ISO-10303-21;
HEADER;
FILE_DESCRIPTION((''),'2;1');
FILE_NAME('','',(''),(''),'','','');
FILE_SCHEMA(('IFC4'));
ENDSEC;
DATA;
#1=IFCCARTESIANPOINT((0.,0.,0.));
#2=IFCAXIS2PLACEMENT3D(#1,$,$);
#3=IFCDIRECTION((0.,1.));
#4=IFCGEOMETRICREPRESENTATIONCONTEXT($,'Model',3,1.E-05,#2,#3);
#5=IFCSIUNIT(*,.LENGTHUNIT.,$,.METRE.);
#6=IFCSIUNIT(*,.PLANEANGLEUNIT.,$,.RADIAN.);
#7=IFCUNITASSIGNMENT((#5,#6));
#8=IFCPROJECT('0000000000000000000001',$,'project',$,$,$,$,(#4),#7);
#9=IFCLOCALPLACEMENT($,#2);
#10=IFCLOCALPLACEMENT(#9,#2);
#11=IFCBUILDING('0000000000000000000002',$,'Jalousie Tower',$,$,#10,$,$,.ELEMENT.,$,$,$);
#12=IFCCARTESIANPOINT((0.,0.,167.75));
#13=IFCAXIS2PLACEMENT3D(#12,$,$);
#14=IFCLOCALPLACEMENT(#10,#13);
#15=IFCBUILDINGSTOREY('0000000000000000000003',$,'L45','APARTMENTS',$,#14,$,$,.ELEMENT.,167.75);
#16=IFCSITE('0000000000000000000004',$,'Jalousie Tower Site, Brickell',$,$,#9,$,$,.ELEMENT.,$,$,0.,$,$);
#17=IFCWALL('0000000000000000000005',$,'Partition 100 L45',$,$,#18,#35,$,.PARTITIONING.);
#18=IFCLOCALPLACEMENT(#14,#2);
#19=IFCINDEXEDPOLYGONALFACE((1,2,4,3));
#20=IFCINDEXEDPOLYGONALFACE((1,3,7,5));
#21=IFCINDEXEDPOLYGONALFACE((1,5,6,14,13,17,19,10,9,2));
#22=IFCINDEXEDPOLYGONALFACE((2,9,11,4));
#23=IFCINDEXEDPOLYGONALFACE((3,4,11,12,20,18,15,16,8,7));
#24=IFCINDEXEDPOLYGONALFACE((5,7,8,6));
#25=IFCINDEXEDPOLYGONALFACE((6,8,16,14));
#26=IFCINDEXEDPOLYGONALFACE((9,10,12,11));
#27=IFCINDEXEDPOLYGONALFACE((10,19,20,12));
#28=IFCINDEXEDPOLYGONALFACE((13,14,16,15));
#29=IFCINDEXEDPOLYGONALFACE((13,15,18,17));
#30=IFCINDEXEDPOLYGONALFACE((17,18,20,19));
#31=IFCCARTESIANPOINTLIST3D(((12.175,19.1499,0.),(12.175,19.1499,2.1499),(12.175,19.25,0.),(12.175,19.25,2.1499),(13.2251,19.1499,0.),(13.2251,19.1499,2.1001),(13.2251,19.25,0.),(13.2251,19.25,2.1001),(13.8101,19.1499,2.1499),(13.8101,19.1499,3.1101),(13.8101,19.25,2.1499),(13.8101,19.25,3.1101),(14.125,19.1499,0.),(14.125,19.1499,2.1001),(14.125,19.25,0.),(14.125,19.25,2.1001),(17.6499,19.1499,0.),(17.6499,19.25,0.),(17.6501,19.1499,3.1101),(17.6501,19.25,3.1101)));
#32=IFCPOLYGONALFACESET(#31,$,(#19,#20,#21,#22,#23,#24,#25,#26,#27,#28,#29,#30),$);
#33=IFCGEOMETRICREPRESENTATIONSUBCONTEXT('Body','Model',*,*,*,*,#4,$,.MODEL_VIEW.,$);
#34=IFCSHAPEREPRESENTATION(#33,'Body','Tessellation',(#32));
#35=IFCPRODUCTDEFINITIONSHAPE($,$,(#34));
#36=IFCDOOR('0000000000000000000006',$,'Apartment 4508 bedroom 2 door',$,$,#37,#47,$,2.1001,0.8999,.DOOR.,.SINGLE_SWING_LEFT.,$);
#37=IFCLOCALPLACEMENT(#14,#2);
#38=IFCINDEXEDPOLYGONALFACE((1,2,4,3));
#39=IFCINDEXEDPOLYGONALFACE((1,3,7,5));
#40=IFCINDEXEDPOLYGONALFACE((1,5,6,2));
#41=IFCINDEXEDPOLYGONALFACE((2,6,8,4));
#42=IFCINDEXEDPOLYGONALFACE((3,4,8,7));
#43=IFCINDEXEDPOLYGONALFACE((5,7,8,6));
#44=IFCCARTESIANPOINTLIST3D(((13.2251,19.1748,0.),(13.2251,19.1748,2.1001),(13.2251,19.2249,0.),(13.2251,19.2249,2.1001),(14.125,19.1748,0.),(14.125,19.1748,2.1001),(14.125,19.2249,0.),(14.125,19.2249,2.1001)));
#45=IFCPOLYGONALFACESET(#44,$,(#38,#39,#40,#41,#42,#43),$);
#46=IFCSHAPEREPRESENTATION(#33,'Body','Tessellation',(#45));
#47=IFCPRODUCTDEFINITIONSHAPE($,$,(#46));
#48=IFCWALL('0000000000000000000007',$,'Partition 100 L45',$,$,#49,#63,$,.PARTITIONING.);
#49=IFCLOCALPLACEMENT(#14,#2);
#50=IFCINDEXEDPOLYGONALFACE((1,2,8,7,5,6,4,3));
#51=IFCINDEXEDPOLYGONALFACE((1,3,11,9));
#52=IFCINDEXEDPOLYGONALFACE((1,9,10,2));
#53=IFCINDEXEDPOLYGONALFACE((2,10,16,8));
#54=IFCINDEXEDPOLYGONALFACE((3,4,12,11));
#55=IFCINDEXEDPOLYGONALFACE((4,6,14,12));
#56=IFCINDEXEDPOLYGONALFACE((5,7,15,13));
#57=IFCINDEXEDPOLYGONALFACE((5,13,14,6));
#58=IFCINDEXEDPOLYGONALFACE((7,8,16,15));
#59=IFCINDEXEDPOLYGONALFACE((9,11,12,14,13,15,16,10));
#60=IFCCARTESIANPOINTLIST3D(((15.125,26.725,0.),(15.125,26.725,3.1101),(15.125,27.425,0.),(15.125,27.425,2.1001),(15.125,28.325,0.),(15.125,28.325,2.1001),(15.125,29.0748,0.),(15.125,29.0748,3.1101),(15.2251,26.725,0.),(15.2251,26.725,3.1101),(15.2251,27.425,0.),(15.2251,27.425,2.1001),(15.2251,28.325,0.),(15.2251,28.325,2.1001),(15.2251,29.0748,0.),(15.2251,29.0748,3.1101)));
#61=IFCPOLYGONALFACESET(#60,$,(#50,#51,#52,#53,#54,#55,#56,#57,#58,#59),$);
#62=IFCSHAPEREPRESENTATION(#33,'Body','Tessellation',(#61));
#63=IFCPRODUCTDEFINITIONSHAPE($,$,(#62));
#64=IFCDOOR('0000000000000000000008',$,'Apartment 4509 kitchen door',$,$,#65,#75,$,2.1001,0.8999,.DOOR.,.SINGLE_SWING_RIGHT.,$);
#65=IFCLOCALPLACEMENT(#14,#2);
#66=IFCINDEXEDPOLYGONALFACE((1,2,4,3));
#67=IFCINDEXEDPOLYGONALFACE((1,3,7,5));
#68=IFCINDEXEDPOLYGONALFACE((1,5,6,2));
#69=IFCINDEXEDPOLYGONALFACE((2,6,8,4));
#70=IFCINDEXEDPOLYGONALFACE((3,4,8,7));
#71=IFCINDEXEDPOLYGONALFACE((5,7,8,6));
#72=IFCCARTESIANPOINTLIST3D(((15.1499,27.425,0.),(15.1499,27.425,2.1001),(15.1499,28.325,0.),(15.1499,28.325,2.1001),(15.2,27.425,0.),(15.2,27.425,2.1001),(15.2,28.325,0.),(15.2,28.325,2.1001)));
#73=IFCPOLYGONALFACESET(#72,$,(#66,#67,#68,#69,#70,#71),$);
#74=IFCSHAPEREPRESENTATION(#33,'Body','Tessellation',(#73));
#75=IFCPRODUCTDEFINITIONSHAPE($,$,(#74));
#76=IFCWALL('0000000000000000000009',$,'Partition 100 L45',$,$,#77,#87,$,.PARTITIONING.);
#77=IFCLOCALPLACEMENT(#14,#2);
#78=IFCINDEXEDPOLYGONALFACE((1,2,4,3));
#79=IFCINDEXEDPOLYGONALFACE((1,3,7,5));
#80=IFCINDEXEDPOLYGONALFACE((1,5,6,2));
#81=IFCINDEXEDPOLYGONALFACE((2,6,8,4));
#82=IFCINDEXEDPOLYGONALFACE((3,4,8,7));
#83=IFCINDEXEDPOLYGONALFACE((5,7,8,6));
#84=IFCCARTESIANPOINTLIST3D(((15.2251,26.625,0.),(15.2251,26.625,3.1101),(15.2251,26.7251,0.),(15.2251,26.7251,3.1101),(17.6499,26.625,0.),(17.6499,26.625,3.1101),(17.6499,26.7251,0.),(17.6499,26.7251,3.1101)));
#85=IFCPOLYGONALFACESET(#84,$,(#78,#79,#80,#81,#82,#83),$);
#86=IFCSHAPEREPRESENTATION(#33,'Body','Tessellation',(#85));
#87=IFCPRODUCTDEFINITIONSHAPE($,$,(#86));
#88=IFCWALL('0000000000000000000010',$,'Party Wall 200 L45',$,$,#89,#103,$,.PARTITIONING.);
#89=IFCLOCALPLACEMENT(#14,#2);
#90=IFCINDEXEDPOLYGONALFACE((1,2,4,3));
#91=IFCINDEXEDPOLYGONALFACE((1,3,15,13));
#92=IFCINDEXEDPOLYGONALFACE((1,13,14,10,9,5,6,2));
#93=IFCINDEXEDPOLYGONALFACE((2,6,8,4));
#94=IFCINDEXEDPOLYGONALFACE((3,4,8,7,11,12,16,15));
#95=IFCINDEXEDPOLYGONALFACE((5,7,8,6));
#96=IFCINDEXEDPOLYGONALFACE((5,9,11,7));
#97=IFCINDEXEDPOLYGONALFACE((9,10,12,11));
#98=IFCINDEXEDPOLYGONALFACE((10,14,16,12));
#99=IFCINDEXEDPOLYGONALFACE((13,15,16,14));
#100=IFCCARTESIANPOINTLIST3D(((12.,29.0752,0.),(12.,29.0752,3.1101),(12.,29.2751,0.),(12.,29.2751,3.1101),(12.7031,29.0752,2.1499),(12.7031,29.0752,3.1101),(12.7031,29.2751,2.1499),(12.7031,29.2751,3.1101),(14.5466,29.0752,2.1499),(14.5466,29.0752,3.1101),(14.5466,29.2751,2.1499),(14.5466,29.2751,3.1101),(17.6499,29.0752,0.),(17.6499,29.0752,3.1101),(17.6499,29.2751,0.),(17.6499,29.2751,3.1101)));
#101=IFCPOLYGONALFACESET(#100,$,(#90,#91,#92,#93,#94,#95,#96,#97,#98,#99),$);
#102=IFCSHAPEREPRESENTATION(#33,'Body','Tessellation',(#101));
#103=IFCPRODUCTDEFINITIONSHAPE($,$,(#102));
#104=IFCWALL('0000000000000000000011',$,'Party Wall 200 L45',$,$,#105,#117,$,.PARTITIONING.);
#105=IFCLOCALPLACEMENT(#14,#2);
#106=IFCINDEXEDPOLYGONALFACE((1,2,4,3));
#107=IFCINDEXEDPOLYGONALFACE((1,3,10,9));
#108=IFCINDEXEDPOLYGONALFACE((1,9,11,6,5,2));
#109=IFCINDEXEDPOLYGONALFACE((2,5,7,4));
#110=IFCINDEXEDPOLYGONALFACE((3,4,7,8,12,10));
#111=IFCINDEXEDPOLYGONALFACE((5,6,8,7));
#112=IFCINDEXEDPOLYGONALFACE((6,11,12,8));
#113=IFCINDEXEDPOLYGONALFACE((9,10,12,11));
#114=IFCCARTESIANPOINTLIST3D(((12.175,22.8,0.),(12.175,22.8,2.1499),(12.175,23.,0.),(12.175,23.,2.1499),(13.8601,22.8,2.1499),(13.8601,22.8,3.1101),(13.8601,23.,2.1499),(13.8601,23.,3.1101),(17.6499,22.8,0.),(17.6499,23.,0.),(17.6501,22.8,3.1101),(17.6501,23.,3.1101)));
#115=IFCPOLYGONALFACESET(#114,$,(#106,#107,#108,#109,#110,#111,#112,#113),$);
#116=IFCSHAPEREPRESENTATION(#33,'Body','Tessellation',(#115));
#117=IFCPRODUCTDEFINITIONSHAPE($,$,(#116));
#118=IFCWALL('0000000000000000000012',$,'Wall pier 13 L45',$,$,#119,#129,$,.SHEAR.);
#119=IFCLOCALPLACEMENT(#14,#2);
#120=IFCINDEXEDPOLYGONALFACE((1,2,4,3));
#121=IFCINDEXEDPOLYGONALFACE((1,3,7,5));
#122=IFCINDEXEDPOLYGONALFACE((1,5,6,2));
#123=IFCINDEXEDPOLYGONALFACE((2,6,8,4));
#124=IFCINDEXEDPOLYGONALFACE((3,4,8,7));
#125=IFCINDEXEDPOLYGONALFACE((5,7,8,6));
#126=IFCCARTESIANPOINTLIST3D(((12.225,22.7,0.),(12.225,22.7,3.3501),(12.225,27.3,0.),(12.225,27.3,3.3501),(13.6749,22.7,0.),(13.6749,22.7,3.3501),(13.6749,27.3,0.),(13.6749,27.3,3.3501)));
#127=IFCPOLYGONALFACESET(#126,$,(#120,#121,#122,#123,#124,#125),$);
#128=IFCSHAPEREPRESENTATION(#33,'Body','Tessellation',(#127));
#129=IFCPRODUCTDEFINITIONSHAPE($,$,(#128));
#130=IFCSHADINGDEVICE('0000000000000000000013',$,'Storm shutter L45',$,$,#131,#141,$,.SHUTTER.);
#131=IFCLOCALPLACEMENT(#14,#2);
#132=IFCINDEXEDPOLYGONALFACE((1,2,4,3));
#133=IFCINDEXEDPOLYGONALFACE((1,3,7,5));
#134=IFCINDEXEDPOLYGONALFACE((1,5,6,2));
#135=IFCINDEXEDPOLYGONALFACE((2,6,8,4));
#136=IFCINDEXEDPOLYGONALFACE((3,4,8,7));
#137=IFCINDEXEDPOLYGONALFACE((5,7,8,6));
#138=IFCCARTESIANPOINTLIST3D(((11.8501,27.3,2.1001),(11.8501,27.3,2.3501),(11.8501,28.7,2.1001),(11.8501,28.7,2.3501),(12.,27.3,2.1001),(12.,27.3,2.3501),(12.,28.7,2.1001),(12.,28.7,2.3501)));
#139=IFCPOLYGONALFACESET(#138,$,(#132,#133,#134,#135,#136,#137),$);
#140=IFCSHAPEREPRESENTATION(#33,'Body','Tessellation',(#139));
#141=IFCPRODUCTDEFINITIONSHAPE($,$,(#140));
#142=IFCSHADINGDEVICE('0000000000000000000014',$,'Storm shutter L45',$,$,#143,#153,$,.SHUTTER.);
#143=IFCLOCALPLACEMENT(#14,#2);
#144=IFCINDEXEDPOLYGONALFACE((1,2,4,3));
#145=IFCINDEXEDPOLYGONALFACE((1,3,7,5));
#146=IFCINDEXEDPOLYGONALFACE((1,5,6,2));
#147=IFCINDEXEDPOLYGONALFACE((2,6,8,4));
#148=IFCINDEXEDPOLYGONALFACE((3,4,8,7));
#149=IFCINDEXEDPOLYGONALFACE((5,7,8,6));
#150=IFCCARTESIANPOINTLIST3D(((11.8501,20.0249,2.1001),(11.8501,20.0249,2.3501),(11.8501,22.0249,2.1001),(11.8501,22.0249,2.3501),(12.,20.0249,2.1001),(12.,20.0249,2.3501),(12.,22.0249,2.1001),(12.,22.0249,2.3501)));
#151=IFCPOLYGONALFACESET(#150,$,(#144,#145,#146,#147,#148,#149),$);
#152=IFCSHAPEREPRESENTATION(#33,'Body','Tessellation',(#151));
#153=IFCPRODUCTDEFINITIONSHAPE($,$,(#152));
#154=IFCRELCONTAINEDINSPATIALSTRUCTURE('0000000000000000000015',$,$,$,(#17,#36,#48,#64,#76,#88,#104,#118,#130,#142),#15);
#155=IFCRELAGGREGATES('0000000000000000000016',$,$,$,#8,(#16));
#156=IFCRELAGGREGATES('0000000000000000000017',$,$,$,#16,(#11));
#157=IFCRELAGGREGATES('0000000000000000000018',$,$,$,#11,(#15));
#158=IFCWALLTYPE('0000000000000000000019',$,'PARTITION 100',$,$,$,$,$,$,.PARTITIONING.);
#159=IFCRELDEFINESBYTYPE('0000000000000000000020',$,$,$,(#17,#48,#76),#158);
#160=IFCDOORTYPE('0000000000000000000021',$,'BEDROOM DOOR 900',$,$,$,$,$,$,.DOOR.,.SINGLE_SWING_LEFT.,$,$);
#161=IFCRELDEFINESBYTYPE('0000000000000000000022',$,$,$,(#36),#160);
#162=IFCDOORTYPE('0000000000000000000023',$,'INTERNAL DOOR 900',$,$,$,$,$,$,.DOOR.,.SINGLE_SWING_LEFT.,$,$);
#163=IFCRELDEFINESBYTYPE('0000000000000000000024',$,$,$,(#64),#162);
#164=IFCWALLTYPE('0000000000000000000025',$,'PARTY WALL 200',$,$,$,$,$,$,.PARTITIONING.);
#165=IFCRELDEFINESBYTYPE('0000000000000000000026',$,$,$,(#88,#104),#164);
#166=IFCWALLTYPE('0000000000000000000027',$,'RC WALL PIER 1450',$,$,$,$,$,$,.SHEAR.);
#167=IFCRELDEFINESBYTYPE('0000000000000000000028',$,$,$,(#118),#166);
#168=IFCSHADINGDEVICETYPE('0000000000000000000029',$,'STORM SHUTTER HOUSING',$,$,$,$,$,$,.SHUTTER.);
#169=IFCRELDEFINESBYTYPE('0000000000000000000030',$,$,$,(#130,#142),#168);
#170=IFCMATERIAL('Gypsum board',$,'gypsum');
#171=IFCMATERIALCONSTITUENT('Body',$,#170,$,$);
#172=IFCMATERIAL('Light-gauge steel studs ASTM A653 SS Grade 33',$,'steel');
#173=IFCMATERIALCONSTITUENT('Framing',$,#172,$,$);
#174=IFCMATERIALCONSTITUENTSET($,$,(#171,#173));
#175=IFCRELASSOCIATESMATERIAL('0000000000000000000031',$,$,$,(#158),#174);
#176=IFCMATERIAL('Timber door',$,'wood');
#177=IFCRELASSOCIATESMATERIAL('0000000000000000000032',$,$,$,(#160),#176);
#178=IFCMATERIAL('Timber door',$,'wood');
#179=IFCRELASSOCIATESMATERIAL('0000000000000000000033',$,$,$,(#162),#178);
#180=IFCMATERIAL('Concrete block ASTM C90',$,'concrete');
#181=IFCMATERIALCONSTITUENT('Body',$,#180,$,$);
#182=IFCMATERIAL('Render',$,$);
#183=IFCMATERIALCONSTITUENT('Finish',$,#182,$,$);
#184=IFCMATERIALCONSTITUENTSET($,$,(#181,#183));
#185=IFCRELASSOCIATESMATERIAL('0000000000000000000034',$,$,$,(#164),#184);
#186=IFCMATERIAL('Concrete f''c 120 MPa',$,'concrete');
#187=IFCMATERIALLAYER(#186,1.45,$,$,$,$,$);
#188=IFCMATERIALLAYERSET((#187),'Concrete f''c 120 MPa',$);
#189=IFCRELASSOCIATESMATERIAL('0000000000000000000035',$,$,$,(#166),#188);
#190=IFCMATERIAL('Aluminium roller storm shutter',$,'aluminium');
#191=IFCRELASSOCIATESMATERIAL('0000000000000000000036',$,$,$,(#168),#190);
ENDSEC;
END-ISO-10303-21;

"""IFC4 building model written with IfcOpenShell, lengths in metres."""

from ifc_helpers import new_model, si_unit, direction, frame, frame_2d, origin, origin_2d, place, context, subcontext, project, spatial, polyline, rectangle, outline, extrude, material, layer, layer_set, constituent, constituent_set, type_object, element, fill, save


model = new_model("IFC4")

# Units and contexts
model_context = context("Model", 3, precision=1e-05, world=origin(), true_north=direction((0.0, 1.0)))
body_context = subcontext(model_context, "Body", "Model", "MODEL_VIEW")
ifc_project = project(units=[si_unit("LENGTHUNIT", "METRE"), si_unit("PLANEANGLEUNIT", "RADIAN")], contexts=[model_context])

# Site, building, storey
site_placement = place(None, origin())
site = spatial("IfcSite", under=ifc_project, at=site_placement, Name="Jalousie Tower Site, Brickell", CompositionType="ELEMENT", RefElevation=0.0)
building_placement = place(site_placement, origin())
building = spatial("IfcBuilding", under=site, at=building_placement, Name="Jalousie Tower", CompositionType="ELEMENT")
storey_placement = place(building_placement, frame((0.0, 0.0, 167.75)))
storey = spatial("IfcBuildingStorey", under=building, at=storey_placement, Name="L45", Description="APARTMENTS", CompositionType="ELEMENT", Elevation=167.75)

# Walls, openings, doors
ifc_material_1 = material(Name="Gypsum board", Category="gypsum")
ifc_constituent_1 = constituent(ifc_material_1, Name="Body")
ifc_material_2 = material(Name="Light-gauge steel studs ASTM A653 SS Grade 33", Category="steel")
ifc_constituent_2 = constituent(ifc_material_2, Name="Framing")
ifc_constituent_set_1 = constituent_set(constituents=[ifc_constituent_1, ifc_constituent_2])
wall_type_1 = type_object("IfcWallType", Name="PARTITION 100", PredefinedType="PARTITIONING", material=ifc_constituent_set_1)
wall_1_placement = place(storey_placement, frame((12.175, 19.2, 0.0), z_axis=(0.0, 0.0, 1.0), x_axis=(1.0, 0.0, 0.0)))
wall_1 = element("IfcWall", 1, at=wall_1_placement, inside=storey, type_object=wall_type_1, Name="Partition 100 L45", PredefinedType="PARTITIONING", context=body_context, shape_type="SweptSolid", body=[
    extrude(outline(polyline([(0.0, 0.0), (5.4749, 0.0), (5.4751, 3.1101), (1.635, 3.1101), (1.635, 2.1499), (0.0, 2.1499), (0.0, 3.1101), (0.0, 0.0)])), frame((0.0, 0.05, 0.0), z_axis=(0.0, -1.0, 0.0), x_axis=(1.0, 0.0, 0.0)), (0.0, 0.0, 1.0), 0.1001),
])
opening_1_placement = place(wall_1_placement, frame((1.05, 0.0, 0.0)))
opening_1 = element("IfcOpeningElement", 2, at=opening_1_placement, cuts=wall_1, PredefinedType="OPENING", context=body_context, shape_type="SweptSolid", body=[
    extrude(rectangle(XDim=0.8999, YDim=2.1001, at=frame_2d((0.45, 1.05))), frame((0.0, 0.0601, 0.0), z_axis=(0.0, -1.0, 0.0), x_axis=(1.0, 0.0, 0.0)), (0.0, 0.0, 1.0), 0.1201),
])
ifc_material_3 = material(Name="Timber door", Category="wood")
door_type_1 = type_object("IfcDoorType", Name="BEDROOM DOOR 900", OperationType="SINGLE_SWING_LEFT", PredefinedType="DOOR", material=ifc_material_3)
door_1_placement = place(opening_1_placement, origin())
door_1 = element("IfcDoor", 3, at=door_1_placement, inside=storey, type_object=door_type_1, Name="Apartment 4508 bedroom 2 door", OperationType="SINGLE_SWING_LEFT", OverallHeight=2.1001, OverallWidth=0.8999, PredefinedType="DOOR", context=body_context, shape_type="SweptSolid", body=[
    extrude(rectangle(XDim=0.8999, YDim=2.1001, at=frame_2d((0.45, 1.05))), frame((0.0, 0.0249, 0.0), z_axis=(0.0, -1.0, 0.0), x_axis=(1.0, 0.0, 0.0)), (0.0, 0.0, 1.0), 0.05),
])
fill(opening_1, door_1)
wall_2_placement = place(storey_placement, frame((15.175, 26.7251, 0.0), z_axis=(0.0, 0.0, 1.0), x_axis=(0.0, 1.0, 0.0)))
wall_2 = element("IfcWall", 4, at=wall_2_placement, inside=storey, type_object=wall_type_1, Name="Partition 100 L45", PredefinedType="PARTITIONING", context=body_context, shape_type="SweptSolid", body=[
    extrude(rectangle(XDim=2.3499, YDim=0.1001, at=frame_2d((1.1748, 0.0))), origin(), (0.0, 0.0, 1.0), 3.1101),
])
opening_2_placement = place(wall_2_placement, frame((0.7, 0.0, 0.0)))
opening_2 = element("IfcOpeningElement", 5, at=opening_2_placement, cuts=wall_2, PredefinedType="OPENING", context=body_context, shape_type="SweptSolid", body=[
    extrude(rectangle(XDim=0.8999, YDim=2.1001, at=frame_2d((0.45, 1.05))), frame((0.0, 0.0601, 0.0), z_axis=(0.0, -1.0, 0.0), x_axis=(1.0, 0.0, 0.0)), (0.0, 0.0, 1.0), 0.1201),
])
ifc_material_4 = material(Name="Timber door", Category="wood")
door_type_2 = type_object("IfcDoorType", Name="INTERNAL DOOR 900", OperationType="SINGLE_SWING_LEFT", PredefinedType="DOOR", material=ifc_material_4)
door_2_placement = place(opening_2_placement, frame((0.8999, 0.0, 0.0), z_axis=(0.0, 0.0, 1.0), x_axis=(-1.0, 0.0, 0.0)))
door_2 = element("IfcDoor", 6, at=door_2_placement, inside=storey, type_object=door_type_2, Name="Apartment 4509 kitchen door", OperationType="SINGLE_SWING_RIGHT", OverallHeight=2.1001, OverallWidth=0.8999, PredefinedType="DOOR", context=body_context, shape_type="SweptSolid", body=[
    extrude(rectangle(XDim=0.8999, YDim=2.1001, at=frame_2d((0.45, 1.05))), frame((0.0, 0.0249, 0.0), z_axis=(0.0, -1.0, 0.0), x_axis=(1.0, 0.0, 0.0)), (0.0, 0.0, 1.0), 0.05),
])
fill(opening_2, door_2)

# Walls
wall_3_placement = place(storey_placement, frame((15.2251, 26.675, 0.0), z_axis=(0.0, 0.0, 1.0), x_axis=(1.0, 0.0, 0.0)))
element("IfcWall", 7, at=wall_3_placement, inside=storey, type_object=wall_type_1, Name="Partition 100 L45", PredefinedType="PARTITIONING", context=body_context, shape_type="SweptSolid", body=[
    extrude(rectangle(XDim=2.4248, YDim=0.1001, at=frame_2d((1.2124, 0.0))), origin(), (0.0, 0.0, 1.0), 3.1101),
])
ifc_material_5 = material(Name="Concrete block ASTM C90", Category="concrete")
ifc_constituent_3 = constituent(ifc_material_5, Name="Body")
ifc_material_6 = material(Name="Render")
ifc_constituent_4 = constituent(ifc_material_6, Name="Finish")
ifc_constituent_set_2 = constituent_set(constituents=[ifc_constituent_3, ifc_constituent_4])
wall_type_2 = type_object("IfcWallType", Name="PARTY WALL 200", PredefinedType="PARTITIONING", material=ifc_constituent_set_2)
wall_4_placement = place(storey_placement, frame((12.0, 29.175, 0.0), z_axis=(0.0, 0.0, 1.0), x_axis=(1.0, 0.0, 0.0)))
element("IfcWall", 8, at=wall_4_placement, inside=storey, type_object=wall_type_2, Name="Party Wall 200 L45", PredefinedType="PARTITIONING", context=body_context, shape_type="SweptSolid", body=[
    extrude(outline(polyline([(0.0, 0.0), (5.6499, 0.0), (5.6499, 3.1101), (2.5466, 3.1101), (2.5466, 2.1499), (0.7031, 2.1499), (0.7031, 3.1101), (0.0, 3.1101), (0.0, 0.0)])), frame((0.0, 0.1001, 0.0), z_axis=(0.0, -1.0, 0.0), x_axis=(1.0, 0.0, 0.0)), (0.0, 0.0, 1.0), 0.2),
])
wall_5_placement = place(storey_placement, frame((12.175, 22.8999, 0.0), z_axis=(0.0, 0.0, 1.0), x_axis=(1.0, 0.0, 0.0)))
element("IfcWall", 9, at=wall_5_placement, inside=storey, type_object=wall_type_2, Name="Party Wall 200 L45", PredefinedType="PARTITIONING", context=body_context, shape_type="SweptSolid", body=[
    extrude(outline(polyline([(0.0, 0.0), (5.4749, 0.0), (5.4751, 3.1101), (1.6851, 3.1101), (1.6851, 2.1499), (0.0, 2.1499), (0.0, 3.1101), (0.0, 0.0)])), frame((0.0, 0.1001, 0.0), z_axis=(0.0, -1.0, 0.0), x_axis=(1.0, 0.0, 0.0)), (0.0, 0.0, 1.0), 0.2),
])
ifc_material_7 = material(Name="Concrete f'c 120 MPa", Category="concrete")
ifc_layer_1 = layer(ifc_material_7, 1.45)
ifc_layer_set_1 = layer_set([ifc_layer_1], Name="Concrete f'c 120 MPa")
wall_type_3 = type_object("IfcWallType", Name="RC WALL PIER 1450", PredefinedType="SHEAR", material=ifc_layer_set_1)
wall_6_placement = place(storey_placement, frame((12.95, 22.7, 0.0), z_axis=(0.0, 0.0, 1.0), x_axis=(0.0, 1.0, 0.0)))
element("IfcWall", 10, at=wall_6_placement, inside=storey, type_object=wall_type_3, Name="Wall pier 13 L45", PredefinedType="SHEAR", context=body_context, shape_type="SweptSolid", body=[
    extrude(rectangle(XDim=4.6001, YDim=1.45, at=frame_2d((2.3, 0.0))), origin(), (0.0, 0.0, 1.0), 3.3501),
])

# Shading devices
ifc_material_8 = material(Name="Aluminium roller storm shutter", Category="aluminium")
shading_device_type = type_object("IfcShadingDeviceType", Name="STORM SHUTTER HOUSING", PredefinedType="SHUTTER", material=ifc_material_8)
shading_device_1_placement = place(storey_placement, frame((11.925, 28.0, 2.1001), z_axis=(0.0, 0.0, 1.0), x_axis=(0.0, -1.0, 0.0)))
element("IfcShadingDevice", 11, at=shading_device_1_placement, inside=storey, type_object=shading_device_type, Name="Storm shutter L45", PredefinedType="SHUTTER", context=body_context, shape_type="SweptSolid", body=[
    extrude(rectangle(XDim=1.3999, YDim=0.1499, at=origin_2d()), origin(), (0.0, 0.0, 1.0), 0.25),
])
shading_device_2_placement = place(storey_placement, frame((11.925, 21.0249, 2.1001), z_axis=(0.0, 0.0, 1.0), x_axis=(0.0, -1.0, 0.0)))
element("IfcShadingDevice", 12, at=shading_device_2_placement, inside=storey, type_object=shading_device_type, Name="Storm shutter L45", PredefinedType="SHUTTER", context=body_context, shape_type="SweptSolid", body=[
    extrude(rectangle(XDim=2.0, YDim=0.1499, at=origin_2d()), origin(), (0.0, 0.0, 1.0), 0.25),
])

save(model, "model.ifc")
